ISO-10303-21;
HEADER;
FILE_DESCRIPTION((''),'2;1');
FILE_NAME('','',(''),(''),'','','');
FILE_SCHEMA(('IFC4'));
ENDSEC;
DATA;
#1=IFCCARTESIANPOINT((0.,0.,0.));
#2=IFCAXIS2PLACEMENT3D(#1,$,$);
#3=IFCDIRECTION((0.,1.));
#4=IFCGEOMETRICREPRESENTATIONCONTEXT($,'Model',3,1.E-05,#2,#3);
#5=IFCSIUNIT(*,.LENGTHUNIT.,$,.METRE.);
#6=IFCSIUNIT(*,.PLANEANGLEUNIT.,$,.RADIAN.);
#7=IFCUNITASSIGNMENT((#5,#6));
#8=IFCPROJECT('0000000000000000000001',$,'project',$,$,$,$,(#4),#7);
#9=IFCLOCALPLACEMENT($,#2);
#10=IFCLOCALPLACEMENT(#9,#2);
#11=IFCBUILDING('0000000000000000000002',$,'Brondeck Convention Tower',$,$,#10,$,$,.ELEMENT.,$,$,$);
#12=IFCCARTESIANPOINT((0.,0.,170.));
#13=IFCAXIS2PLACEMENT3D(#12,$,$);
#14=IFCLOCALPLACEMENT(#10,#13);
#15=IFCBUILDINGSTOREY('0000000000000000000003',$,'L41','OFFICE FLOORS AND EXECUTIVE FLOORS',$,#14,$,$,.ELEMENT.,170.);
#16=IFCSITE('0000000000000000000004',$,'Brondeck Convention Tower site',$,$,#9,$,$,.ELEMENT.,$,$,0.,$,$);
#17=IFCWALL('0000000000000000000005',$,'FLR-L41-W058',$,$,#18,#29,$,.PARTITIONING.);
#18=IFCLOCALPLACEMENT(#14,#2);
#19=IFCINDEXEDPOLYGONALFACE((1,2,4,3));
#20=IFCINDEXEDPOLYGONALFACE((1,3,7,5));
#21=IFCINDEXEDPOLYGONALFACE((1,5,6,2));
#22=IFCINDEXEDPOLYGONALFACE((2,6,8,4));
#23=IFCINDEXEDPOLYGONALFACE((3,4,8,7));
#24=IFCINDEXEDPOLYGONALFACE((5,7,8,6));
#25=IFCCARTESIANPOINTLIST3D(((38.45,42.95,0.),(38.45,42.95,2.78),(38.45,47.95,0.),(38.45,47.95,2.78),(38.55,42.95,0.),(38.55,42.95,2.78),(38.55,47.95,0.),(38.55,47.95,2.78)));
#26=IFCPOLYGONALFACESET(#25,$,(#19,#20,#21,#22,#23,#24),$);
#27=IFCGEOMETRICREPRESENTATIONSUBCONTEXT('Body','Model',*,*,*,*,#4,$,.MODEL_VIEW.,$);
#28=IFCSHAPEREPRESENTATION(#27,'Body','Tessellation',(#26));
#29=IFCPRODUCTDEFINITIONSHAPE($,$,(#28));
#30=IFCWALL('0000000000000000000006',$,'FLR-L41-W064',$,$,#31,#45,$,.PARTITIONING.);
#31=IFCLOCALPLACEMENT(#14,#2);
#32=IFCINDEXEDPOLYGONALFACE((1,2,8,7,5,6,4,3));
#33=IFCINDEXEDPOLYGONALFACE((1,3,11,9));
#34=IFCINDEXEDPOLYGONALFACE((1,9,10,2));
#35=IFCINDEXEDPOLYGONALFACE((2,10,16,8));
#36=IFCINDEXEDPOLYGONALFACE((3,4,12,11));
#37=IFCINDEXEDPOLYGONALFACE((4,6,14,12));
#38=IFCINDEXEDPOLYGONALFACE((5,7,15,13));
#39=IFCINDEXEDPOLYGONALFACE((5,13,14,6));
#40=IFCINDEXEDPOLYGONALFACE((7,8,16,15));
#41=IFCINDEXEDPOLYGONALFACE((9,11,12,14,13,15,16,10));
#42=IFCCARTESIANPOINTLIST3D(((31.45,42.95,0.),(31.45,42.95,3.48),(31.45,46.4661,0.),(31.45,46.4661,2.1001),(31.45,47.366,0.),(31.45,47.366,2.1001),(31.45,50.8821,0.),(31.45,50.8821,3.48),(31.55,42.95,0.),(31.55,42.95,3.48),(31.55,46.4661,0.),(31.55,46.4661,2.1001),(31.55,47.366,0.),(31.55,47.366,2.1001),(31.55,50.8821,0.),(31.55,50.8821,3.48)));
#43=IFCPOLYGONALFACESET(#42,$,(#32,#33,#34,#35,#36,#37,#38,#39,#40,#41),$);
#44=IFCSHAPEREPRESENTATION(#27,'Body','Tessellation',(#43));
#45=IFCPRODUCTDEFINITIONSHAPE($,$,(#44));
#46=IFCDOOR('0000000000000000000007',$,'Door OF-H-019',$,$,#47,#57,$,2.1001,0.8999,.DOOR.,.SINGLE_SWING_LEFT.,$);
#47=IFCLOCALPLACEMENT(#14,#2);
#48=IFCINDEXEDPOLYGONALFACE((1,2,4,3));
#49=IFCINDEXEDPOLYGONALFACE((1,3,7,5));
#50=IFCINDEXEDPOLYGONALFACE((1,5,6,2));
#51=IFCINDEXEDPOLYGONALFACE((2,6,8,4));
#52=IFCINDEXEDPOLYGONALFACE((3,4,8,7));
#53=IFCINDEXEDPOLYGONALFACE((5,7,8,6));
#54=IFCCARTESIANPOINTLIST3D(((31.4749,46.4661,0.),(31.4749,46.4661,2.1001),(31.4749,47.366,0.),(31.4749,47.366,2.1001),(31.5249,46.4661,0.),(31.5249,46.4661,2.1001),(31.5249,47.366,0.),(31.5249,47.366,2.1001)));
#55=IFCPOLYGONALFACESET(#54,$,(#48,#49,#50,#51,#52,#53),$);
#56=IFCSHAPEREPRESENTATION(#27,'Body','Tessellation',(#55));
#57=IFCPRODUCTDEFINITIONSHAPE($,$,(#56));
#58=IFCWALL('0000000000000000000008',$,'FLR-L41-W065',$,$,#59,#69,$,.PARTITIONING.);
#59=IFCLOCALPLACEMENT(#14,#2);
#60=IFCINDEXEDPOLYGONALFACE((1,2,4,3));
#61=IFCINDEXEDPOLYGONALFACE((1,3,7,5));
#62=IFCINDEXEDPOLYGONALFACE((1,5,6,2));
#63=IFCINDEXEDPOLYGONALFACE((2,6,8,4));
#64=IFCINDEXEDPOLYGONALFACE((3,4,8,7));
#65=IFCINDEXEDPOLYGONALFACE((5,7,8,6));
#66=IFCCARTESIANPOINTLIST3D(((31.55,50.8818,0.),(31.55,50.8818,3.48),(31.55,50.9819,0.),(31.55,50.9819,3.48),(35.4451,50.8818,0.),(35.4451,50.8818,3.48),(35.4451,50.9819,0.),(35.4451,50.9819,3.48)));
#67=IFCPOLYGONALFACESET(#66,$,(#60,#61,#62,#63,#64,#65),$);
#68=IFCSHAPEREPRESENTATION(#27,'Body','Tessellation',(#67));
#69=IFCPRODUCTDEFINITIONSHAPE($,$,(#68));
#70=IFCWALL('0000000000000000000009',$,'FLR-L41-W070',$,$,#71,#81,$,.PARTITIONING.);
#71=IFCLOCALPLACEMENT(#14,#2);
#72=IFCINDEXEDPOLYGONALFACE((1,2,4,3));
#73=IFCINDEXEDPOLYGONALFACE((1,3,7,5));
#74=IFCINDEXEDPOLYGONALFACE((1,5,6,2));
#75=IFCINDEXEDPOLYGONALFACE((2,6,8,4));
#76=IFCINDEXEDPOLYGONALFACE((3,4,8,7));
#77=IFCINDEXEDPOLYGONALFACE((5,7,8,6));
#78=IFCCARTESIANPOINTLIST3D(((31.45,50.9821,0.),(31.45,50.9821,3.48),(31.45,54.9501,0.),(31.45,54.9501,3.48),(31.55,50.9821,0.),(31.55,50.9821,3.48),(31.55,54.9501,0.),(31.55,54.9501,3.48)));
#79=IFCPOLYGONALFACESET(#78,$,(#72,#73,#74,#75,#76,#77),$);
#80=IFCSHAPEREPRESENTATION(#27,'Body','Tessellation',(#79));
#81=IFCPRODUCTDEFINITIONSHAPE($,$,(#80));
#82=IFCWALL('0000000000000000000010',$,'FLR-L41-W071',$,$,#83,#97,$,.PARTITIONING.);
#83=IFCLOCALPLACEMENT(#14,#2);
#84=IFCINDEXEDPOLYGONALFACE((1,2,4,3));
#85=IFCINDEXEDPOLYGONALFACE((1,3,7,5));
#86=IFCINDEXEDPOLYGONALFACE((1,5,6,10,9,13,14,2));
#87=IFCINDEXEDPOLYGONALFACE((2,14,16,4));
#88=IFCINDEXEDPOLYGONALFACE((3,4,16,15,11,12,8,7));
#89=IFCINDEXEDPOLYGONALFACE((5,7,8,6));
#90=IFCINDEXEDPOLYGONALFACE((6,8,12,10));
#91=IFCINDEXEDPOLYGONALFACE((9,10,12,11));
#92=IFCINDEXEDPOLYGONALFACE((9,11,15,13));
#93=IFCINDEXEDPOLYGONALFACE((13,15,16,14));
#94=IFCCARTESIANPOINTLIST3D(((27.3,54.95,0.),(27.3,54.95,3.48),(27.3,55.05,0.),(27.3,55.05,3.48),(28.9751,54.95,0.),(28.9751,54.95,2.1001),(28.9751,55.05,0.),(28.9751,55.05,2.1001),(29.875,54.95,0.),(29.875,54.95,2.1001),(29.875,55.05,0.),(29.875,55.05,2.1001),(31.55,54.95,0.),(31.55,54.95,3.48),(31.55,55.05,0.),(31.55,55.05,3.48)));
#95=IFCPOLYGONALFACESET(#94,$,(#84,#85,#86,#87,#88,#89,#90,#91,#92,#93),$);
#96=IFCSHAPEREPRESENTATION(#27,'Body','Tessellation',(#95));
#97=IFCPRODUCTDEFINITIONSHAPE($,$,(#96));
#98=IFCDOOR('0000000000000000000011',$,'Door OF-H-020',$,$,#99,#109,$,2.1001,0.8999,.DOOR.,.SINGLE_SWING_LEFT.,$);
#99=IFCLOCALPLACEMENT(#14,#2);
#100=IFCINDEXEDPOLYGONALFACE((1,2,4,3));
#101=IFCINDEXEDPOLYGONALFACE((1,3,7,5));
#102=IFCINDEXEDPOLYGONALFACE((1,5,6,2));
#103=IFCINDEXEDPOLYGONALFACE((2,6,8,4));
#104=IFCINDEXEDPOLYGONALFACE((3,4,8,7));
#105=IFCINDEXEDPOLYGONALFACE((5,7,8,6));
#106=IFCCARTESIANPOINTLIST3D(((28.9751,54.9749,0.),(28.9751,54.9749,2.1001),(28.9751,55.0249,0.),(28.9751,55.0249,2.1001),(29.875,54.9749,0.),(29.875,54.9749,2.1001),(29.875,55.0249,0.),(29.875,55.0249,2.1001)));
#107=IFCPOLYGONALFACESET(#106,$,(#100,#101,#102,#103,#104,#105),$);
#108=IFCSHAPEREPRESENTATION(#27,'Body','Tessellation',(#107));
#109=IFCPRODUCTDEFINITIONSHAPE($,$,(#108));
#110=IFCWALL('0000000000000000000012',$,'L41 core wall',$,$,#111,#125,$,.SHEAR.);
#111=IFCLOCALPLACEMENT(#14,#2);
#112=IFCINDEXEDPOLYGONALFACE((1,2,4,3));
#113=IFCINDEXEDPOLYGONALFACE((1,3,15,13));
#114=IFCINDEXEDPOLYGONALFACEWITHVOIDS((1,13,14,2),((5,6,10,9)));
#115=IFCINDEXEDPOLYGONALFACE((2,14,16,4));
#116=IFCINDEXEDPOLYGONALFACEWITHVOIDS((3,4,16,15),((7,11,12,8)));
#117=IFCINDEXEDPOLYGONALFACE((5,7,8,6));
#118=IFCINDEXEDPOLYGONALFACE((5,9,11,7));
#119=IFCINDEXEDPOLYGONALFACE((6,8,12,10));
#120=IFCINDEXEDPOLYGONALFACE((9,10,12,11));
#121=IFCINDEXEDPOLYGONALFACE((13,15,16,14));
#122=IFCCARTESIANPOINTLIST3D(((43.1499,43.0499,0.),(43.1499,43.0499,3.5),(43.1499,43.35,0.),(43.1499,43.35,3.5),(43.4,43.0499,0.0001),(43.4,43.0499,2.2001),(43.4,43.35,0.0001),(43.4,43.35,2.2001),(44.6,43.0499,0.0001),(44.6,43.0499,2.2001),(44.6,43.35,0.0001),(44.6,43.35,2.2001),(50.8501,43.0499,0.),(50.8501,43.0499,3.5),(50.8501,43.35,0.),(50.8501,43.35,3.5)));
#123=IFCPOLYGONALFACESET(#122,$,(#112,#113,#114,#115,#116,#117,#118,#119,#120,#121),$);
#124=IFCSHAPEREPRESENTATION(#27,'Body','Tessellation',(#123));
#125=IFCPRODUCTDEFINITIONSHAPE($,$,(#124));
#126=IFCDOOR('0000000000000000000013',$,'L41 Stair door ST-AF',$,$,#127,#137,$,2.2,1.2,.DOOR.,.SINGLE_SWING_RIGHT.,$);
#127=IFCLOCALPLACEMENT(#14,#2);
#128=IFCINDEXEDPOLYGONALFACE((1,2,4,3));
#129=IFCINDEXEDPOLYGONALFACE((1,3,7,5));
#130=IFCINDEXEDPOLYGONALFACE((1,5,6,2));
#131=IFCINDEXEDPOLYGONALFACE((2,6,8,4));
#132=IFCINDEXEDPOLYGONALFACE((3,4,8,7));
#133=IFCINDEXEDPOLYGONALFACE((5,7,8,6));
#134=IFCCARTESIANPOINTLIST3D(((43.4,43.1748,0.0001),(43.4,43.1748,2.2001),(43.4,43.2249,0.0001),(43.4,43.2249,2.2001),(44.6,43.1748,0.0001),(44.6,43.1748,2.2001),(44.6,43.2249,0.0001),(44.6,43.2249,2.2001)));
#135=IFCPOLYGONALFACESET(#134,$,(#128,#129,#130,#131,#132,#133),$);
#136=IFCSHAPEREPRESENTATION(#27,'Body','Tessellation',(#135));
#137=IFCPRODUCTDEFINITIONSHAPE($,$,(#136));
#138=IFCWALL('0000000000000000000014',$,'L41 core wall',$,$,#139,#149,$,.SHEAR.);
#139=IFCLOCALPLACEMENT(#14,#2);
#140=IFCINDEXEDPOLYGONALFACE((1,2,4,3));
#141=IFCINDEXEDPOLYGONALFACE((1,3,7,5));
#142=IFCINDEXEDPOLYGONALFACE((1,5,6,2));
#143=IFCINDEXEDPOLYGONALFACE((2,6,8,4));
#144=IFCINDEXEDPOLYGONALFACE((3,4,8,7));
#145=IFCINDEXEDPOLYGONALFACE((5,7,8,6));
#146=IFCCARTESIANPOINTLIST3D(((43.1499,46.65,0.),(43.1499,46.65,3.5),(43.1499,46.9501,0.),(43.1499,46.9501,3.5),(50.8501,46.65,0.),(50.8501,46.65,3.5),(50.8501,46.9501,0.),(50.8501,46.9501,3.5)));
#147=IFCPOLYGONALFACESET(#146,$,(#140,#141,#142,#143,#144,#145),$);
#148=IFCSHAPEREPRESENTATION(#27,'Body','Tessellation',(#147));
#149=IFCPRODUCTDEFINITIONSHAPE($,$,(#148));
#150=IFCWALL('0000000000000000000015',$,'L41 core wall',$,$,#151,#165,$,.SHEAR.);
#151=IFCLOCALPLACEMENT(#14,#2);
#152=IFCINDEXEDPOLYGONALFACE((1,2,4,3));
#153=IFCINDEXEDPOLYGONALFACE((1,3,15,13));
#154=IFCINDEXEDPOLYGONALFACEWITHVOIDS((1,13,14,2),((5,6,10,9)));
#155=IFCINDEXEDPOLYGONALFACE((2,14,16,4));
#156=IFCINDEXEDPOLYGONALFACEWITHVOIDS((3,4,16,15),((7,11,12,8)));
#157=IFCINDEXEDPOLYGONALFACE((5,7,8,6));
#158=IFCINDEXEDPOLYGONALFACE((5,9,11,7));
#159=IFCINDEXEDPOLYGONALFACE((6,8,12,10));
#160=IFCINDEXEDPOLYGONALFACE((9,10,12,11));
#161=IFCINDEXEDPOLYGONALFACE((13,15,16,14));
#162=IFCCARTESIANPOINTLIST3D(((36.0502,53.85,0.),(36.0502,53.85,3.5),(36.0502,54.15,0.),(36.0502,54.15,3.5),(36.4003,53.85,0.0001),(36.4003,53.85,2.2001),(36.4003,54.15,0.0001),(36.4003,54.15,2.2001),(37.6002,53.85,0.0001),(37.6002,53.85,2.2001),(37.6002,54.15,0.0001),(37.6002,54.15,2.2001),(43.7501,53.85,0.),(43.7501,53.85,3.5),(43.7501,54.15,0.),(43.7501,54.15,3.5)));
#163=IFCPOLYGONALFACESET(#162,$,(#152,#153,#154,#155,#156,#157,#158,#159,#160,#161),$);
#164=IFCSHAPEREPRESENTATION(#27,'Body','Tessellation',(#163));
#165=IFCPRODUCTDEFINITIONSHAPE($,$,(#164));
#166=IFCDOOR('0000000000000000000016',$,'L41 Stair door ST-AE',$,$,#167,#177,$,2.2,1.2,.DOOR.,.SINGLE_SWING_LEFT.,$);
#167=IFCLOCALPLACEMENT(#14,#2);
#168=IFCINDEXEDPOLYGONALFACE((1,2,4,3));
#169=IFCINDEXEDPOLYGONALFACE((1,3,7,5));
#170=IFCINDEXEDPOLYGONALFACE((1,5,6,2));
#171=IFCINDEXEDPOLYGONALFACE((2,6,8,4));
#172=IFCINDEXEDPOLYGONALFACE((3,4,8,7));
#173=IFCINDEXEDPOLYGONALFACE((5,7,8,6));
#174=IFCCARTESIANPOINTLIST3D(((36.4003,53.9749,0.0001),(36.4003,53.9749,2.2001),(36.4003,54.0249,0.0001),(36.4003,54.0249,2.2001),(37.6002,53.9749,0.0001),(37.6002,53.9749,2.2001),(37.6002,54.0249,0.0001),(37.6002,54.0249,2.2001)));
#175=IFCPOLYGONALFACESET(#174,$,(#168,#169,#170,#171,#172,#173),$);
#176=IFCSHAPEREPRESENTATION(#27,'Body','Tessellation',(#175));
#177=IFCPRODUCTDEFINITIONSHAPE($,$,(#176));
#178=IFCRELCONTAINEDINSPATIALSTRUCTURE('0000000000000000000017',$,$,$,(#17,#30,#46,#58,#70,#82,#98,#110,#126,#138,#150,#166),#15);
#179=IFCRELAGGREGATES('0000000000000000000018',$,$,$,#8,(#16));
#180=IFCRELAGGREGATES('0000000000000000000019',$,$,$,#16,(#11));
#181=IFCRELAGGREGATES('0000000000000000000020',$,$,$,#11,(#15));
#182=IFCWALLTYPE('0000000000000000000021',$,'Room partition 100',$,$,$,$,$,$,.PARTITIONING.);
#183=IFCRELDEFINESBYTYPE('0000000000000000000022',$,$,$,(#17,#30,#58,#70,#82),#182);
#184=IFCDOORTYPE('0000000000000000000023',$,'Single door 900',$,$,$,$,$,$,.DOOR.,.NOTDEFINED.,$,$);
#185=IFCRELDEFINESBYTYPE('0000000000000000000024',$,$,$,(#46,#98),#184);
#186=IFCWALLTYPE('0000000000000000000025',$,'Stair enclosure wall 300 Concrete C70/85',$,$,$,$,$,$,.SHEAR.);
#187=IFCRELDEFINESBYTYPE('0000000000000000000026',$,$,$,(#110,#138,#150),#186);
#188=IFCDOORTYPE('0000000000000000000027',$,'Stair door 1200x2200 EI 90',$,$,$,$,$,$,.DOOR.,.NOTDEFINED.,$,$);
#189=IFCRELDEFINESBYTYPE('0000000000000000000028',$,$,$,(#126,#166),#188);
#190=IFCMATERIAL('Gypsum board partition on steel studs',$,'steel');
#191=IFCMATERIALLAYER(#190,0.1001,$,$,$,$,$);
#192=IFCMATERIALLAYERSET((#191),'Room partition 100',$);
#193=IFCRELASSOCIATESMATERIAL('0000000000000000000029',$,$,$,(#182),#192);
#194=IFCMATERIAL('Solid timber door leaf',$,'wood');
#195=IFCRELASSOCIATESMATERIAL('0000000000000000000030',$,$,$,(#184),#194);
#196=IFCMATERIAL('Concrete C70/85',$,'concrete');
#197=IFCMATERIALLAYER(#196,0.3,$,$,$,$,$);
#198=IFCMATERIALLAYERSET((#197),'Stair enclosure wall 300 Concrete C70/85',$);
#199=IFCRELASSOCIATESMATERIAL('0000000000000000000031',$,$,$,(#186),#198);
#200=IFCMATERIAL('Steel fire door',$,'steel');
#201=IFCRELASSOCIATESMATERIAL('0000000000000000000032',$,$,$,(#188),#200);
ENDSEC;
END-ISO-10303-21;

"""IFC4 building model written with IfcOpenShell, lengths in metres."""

from ifc_helpers import new_model, si_unit, direction, frame, frame_2d, origin, place, context, subcontext, project, spatial, rectangle, extrude, material, layer, layer_set, type_object, element, fill, save


model = new_model("IFC4")

# Units and contexts
model_context = context("Model", 3, precision=1e-05, world=origin(), true_north=direction((0.0, 1.0)))
body_context = subcontext(model_context, "Body", "Model", "MODEL_VIEW")
ifc_project = project(units=[si_unit("LENGTHUNIT", "METRE"), si_unit("PLANEANGLEUNIT", "RADIAN")], contexts=[model_context])

# Site, building, storey
site_placement = place(None, origin())
site = spatial("IfcSite", under=ifc_project, at=site_placement, Name="Brondeck Convention Tower site", CompositionType="ELEMENT", RefElevation=0.0)
building_placement = place(site_placement, origin())
building = spatial("IfcBuilding", under=site, at=building_placement, Name="Brondeck Convention Tower", CompositionType="ELEMENT")
storey_placement = place(building_placement, frame((0.0, 0.0, 170.0)))
storey = spatial("IfcBuildingStorey", under=building, at=storey_placement, Name="L41", Description="OFFICE FLOORS AND EXECUTIVE FLOORS", CompositionType="ELEMENT", Elevation=170.0)

# Shared definitions
ifc_material_1 = material(Name="Concrete C70/85", Category="concrete")

# Wall
ifc_material_2 = material(Name="Gypsum board partition on steel studs", Category="steel")
ifc_layer_1 = layer(ifc_material_2, 0.1001)
ifc_layer_set_1 = layer_set([ifc_layer_1], Name="Room partition 100")
wall_type_1 = type_object("IfcWallType", Name="Room partition 100", PredefinedType="PARTITIONING", material=ifc_layer_set_1)
wall_1_placement = place(storey_placement, frame((38.5, 47.95, 0.0), z_axis=(0.0, 0.0, 1.0), x_axis=(0.0, -1.0, 0.0)))
element("IfcWall", 1, at=wall_1_placement, inside=storey, type_object=wall_type_1, Name="FLR-L41-W058", PredefinedType="PARTITIONING", context=body_context, shape_type="SweptSolid", body=[
    extrude(rectangle(XDim=5.0, YDim=0.1001, at=frame_2d((2.5, 0.0))), origin(), (0.0, 0.0, 1.0), 2.78),
])

# Wall, opening, door
wall_2_placement = place(storey_placement, frame((31.5, 50.8821, 0.0), z_axis=(0.0, 0.0, 1.0), x_axis=(0.0, -1.0, 0.0)))
wall_2 = element("IfcWall", 2, at=wall_2_placement, inside=storey, type_object=wall_type_1, Name="FLR-L41-W064", PredefinedType="PARTITIONING", context=body_context, shape_type="SweptSolid", body=[
    extrude(rectangle(XDim=7.9321, YDim=0.1001, at=frame_2d((3.9661, 0.0))), origin(), (0.0, 0.0, 1.0), 3.48),
])
opening_1_placement = place(wall_2_placement, frame((3.5161, 0.0, 0.0)))
opening_1 = element("IfcOpeningElement", 3, at=opening_1_placement, cuts=wall_2, PredefinedType="OPENING", context=body_context, shape_type="SweptSolid", body=[
    extrude(rectangle(XDim=0.8999, YDim=2.1001, at=frame_2d((0.45, 1.05))), frame((0.0, 0.0601, 0.0), z_axis=(0.0, -1.0, 0.0), x_axis=(1.0, 0.0, 0.0)), (0.0, 0.0, 1.0), 0.1201),
])
ifc_material_3 = material(Name="Solid timber door leaf", Category="wood")
door_type_1 = type_object("IfcDoorType", Name="Single door 900", OperationType="NOTDEFINED", PredefinedType="DOOR", material=ifc_material_3)
door_1_placement = place(opening_1_placement, origin())
door_1 = element("IfcDoor", 4, at=door_1_placement, inside=storey, type_object=door_type_1, Name="Door OF-H-019", OperationType="SINGLE_SWING_LEFT", OverallHeight=2.1001, OverallWidth=0.8999, PredefinedType="DOOR", context=body_context, shape_type="SweptSolid", body=[
    extrude(rectangle(XDim=0.8999, YDim=2.1001, at=frame_2d((0.45, 1.05))), frame((0.0, 0.0249, 0.0), z_axis=(0.0, -1.0, 0.0), x_axis=(1.0, 0.0, 0.0)), (0.0, 0.0, 1.0), 0.05),
])
fill(opening_1, door_1)

# Walls
wall_3_placement = place(storey_placement, frame((31.55, 50.9319, 0.0), z_axis=(0.0, 0.0, 1.0), x_axis=(1.0, 0.0, 0.0)))
element("IfcWall", 5, at=wall_3_placement, inside=storey, type_object=wall_type_1, Name="FLR-L41-W065", PredefinedType="PARTITIONING", context=body_context, shape_type="SweptSolid", body=[
    extrude(rectangle(XDim=3.895, YDim=0.1001, at=frame_2d((1.9475, 0.0))), origin(), (0.0, 0.0, 1.0), 3.48),
])
wall_4_placement = place(storey_placement, frame((31.5, 54.95, 0.0), z_axis=(0.0, 0.0, 1.0), x_axis=(0.0, -1.0, 0.0)))
element("IfcWall", 6, at=wall_4_placement, inside=storey, type_object=wall_type_1, Name="FLR-L41-W070", PredefinedType="PARTITIONING", context=body_context, shape_type="SweptSolid", body=[
    extrude(rectangle(XDim=3.968, YDim=0.1001, at=frame_2d((1.9839, 0.0))), origin(), (0.0, 0.0, 1.0), 3.48),
])

# Walls, openings, doors
wall_5_placement = place(storey_placement, frame((27.3, 55.0, 0.0), z_axis=(0.0, 0.0, 1.0), x_axis=(1.0, 0.0, 0.0)))
wall_5 = element("IfcWall", 7, at=wall_5_placement, inside=storey, type_object=wall_type_1, Name="FLR-L41-W071", PredefinedType="PARTITIONING", context=body_context, shape_type="SweptSolid", body=[
    extrude(rectangle(XDim=4.25, YDim=0.1001, at=frame_2d((2.125, 0.0))), origin(), (0.0, 0.0, 1.0), 3.48),
])
opening_2_placement = place(wall_5_placement, frame((1.675, 0.0, 0.0)))
opening_2 = element("IfcOpeningElement", 8, at=opening_2_placement, cuts=wall_5, PredefinedType="OPENING", context=body_context, shape_type="SweptSolid", body=[
    extrude(rectangle(XDim=0.8999, YDim=2.1001, at=frame_2d((0.45, 1.05))), frame((0.0, 0.0601, 0.0), z_axis=(0.0, -1.0, 0.0), x_axis=(1.0, 0.0, 0.0)), (0.0, 0.0, 1.0), 0.1201),
])
door_2_placement = place(opening_2_placement, origin())
door_2 = element("IfcDoor", 9, at=door_2_placement, inside=storey, type_object=door_type_1, Name="Door OF-H-020", OperationType="SINGLE_SWING_LEFT", OverallHeight=2.1001, OverallWidth=0.8999, PredefinedType="DOOR", context=body_context, shape_type="SweptSolid", body=[
    extrude(rectangle(XDim=0.8999, YDim=2.1001, at=frame_2d((0.45, 1.05))), frame((0.0, 0.0249, 0.0), z_axis=(0.0, -1.0, 0.0), x_axis=(1.0, 0.0, 0.0)), (0.0, 0.0, 1.0), 0.05),
])
fill(opening_2, door_2)
ifc_layer_2 = layer(ifc_material_1, 0.3)
ifc_layer_set_2 = layer_set([ifc_layer_2], Name="Stair enclosure wall 300 Concrete C70/85")
wall_type_2 = type_object("IfcWallType", Name="Stair enclosure wall 300 Concrete C70/85", PredefinedType="SHEAR", material=ifc_layer_set_2)
wall_6_placement = place(storey_placement, frame((43.1499, 43.2, 0.0), z_axis=(0.0, 0.0, 1.0), x_axis=(1.0, 0.0, 0.0)))
wall_6 = element("IfcWall", 10, at=wall_6_placement, inside=storey, type_object=wall_type_2, Name="L41 core wall", PredefinedType="SHEAR", context=body_context, shape_type="SweptSolid", body=[
    extrude(rectangle(XDim=7.7002, YDim=0.3, at=frame_2d((3.8501, 0.0))), origin(), (0.0, 0.0, 1.0), 3.5),
])
opening_3_placement = place(wall_6_placement, frame((0.25, 0.0, 0.0)))
opening_3 = element("IfcOpeningElement", 11, at=opening_3_placement, cuts=wall_6, PredefinedType="OPENING", context=body_context, shape_type="SweptSolid", body=[
    extrude(rectangle(XDim=1.2, YDim=2.2, at=frame_2d((0.6001, 1.1001))), frame((0.0, 0.1599, 0.0), z_axis=(0.0, -1.0, 0.0), x_axis=(1.0, 0.0, 0.0)), (0.0, 0.0, 1.0), 0.3201),
])
ifc_material_4 = material(Name="Steel fire door", Category="steel")
door_type_2 = type_object("IfcDoorType", Name="Stair door 1200x2200 EI 90", OperationType="NOTDEFINED", PredefinedType="DOOR", material=ifc_material_4)
door_3_placement = place(opening_3_placement, origin())
door_3 = element("IfcDoor", 12, at=door_3_placement, inside=storey, type_object=door_type_2, Name="L41 Stair door ST-AF", OperationType="SINGLE_SWING_RIGHT", OverallHeight=2.2, OverallWidth=1.2, PredefinedType="DOOR", context=body_context, shape_type="SweptSolid", body=[
    extrude(rectangle(XDim=1.2, YDim=2.2, at=frame_2d((0.6001, 1.1001))), frame((0.0, 0.0249, 0.0), z_axis=(0.0, -1.0, 0.0), x_axis=(1.0, 0.0, 0.0)), (0.0, 0.0, 1.0), 0.05),
])
fill(opening_3, door_3)

# Wall
wall_7_placement = place(storey_placement, frame((43.1499, 46.8, 0.0), z_axis=(0.0, 0.0, 1.0), x_axis=(1.0, 0.0, 0.0)))
element("IfcWall", 13, at=wall_7_placement, inside=storey, type_object=wall_type_2, Name="L41 core wall", PredefinedType="SHEAR", context=body_context, shape_type="SweptSolid", body=[
    extrude(rectangle(XDim=7.7002, YDim=0.3, at=frame_2d((3.8501, 0.0))), origin(), (0.0, 0.0, 1.0), 3.5),
])

# Wall, opening, door
wall_8_placement = place(storey_placement, frame((36.05, 54.0, 0.0), z_axis=(0.0, 0.0, 1.0), x_axis=(1.0, 0.0, 0.0)))
wall_8 = element("IfcWall", 14, at=wall_8_placement, inside=storey, type_object=wall_type_2, Name="L41 core wall", PredefinedType="SHEAR", context=body_context, shape_type="SweptSolid", body=[
    extrude(rectangle(XDim=7.7, YDim=0.3, at=frame_2d((3.8501, 0.0))), origin(), (0.0, 0.0, 1.0), 3.5),
])
opening_4_placement = place(wall_8_placement, frame((0.3501, 0.0, 0.0)))
opening_4 = element("IfcOpeningElement", 15, at=opening_4_placement, cuts=wall_8, PredefinedType="OPENING", context=body_context, shape_type="SweptSolid", body=[
    extrude(rectangle(XDim=1.2, YDim=2.2, at=frame_2d((0.6001, 1.1001))), frame((0.0, 0.1599, 0.0), z_axis=(0.0, -1.0, 0.0), x_axis=(1.0, 0.0, 0.0)), (0.0, 0.0, 1.0), 0.3201),
])
door_4_placement = place(opening_4_placement, origin())
door_4 = element("IfcDoor", 16, at=door_4_placement, inside=storey, type_object=door_type_2, Name="L41 Stair door ST-AE", OperationType="SINGLE_SWING_LEFT", OverallHeight=2.2, OverallWidth=1.2, PredefinedType="DOOR", context=body_context, shape_type="SweptSolid", body=[
    extrude(rectangle(XDim=1.2, YDim=2.2, at=frame_2d((0.6001, 1.1001))), frame((0.0, 0.0249, 0.0), z_axis=(0.0, -1.0, 0.0), x_axis=(1.0, 0.0, 0.0)), (0.0, 0.0, 1.0), 0.05),
])
fill(opening_4, door_4)

save(model, "model.ifc")
